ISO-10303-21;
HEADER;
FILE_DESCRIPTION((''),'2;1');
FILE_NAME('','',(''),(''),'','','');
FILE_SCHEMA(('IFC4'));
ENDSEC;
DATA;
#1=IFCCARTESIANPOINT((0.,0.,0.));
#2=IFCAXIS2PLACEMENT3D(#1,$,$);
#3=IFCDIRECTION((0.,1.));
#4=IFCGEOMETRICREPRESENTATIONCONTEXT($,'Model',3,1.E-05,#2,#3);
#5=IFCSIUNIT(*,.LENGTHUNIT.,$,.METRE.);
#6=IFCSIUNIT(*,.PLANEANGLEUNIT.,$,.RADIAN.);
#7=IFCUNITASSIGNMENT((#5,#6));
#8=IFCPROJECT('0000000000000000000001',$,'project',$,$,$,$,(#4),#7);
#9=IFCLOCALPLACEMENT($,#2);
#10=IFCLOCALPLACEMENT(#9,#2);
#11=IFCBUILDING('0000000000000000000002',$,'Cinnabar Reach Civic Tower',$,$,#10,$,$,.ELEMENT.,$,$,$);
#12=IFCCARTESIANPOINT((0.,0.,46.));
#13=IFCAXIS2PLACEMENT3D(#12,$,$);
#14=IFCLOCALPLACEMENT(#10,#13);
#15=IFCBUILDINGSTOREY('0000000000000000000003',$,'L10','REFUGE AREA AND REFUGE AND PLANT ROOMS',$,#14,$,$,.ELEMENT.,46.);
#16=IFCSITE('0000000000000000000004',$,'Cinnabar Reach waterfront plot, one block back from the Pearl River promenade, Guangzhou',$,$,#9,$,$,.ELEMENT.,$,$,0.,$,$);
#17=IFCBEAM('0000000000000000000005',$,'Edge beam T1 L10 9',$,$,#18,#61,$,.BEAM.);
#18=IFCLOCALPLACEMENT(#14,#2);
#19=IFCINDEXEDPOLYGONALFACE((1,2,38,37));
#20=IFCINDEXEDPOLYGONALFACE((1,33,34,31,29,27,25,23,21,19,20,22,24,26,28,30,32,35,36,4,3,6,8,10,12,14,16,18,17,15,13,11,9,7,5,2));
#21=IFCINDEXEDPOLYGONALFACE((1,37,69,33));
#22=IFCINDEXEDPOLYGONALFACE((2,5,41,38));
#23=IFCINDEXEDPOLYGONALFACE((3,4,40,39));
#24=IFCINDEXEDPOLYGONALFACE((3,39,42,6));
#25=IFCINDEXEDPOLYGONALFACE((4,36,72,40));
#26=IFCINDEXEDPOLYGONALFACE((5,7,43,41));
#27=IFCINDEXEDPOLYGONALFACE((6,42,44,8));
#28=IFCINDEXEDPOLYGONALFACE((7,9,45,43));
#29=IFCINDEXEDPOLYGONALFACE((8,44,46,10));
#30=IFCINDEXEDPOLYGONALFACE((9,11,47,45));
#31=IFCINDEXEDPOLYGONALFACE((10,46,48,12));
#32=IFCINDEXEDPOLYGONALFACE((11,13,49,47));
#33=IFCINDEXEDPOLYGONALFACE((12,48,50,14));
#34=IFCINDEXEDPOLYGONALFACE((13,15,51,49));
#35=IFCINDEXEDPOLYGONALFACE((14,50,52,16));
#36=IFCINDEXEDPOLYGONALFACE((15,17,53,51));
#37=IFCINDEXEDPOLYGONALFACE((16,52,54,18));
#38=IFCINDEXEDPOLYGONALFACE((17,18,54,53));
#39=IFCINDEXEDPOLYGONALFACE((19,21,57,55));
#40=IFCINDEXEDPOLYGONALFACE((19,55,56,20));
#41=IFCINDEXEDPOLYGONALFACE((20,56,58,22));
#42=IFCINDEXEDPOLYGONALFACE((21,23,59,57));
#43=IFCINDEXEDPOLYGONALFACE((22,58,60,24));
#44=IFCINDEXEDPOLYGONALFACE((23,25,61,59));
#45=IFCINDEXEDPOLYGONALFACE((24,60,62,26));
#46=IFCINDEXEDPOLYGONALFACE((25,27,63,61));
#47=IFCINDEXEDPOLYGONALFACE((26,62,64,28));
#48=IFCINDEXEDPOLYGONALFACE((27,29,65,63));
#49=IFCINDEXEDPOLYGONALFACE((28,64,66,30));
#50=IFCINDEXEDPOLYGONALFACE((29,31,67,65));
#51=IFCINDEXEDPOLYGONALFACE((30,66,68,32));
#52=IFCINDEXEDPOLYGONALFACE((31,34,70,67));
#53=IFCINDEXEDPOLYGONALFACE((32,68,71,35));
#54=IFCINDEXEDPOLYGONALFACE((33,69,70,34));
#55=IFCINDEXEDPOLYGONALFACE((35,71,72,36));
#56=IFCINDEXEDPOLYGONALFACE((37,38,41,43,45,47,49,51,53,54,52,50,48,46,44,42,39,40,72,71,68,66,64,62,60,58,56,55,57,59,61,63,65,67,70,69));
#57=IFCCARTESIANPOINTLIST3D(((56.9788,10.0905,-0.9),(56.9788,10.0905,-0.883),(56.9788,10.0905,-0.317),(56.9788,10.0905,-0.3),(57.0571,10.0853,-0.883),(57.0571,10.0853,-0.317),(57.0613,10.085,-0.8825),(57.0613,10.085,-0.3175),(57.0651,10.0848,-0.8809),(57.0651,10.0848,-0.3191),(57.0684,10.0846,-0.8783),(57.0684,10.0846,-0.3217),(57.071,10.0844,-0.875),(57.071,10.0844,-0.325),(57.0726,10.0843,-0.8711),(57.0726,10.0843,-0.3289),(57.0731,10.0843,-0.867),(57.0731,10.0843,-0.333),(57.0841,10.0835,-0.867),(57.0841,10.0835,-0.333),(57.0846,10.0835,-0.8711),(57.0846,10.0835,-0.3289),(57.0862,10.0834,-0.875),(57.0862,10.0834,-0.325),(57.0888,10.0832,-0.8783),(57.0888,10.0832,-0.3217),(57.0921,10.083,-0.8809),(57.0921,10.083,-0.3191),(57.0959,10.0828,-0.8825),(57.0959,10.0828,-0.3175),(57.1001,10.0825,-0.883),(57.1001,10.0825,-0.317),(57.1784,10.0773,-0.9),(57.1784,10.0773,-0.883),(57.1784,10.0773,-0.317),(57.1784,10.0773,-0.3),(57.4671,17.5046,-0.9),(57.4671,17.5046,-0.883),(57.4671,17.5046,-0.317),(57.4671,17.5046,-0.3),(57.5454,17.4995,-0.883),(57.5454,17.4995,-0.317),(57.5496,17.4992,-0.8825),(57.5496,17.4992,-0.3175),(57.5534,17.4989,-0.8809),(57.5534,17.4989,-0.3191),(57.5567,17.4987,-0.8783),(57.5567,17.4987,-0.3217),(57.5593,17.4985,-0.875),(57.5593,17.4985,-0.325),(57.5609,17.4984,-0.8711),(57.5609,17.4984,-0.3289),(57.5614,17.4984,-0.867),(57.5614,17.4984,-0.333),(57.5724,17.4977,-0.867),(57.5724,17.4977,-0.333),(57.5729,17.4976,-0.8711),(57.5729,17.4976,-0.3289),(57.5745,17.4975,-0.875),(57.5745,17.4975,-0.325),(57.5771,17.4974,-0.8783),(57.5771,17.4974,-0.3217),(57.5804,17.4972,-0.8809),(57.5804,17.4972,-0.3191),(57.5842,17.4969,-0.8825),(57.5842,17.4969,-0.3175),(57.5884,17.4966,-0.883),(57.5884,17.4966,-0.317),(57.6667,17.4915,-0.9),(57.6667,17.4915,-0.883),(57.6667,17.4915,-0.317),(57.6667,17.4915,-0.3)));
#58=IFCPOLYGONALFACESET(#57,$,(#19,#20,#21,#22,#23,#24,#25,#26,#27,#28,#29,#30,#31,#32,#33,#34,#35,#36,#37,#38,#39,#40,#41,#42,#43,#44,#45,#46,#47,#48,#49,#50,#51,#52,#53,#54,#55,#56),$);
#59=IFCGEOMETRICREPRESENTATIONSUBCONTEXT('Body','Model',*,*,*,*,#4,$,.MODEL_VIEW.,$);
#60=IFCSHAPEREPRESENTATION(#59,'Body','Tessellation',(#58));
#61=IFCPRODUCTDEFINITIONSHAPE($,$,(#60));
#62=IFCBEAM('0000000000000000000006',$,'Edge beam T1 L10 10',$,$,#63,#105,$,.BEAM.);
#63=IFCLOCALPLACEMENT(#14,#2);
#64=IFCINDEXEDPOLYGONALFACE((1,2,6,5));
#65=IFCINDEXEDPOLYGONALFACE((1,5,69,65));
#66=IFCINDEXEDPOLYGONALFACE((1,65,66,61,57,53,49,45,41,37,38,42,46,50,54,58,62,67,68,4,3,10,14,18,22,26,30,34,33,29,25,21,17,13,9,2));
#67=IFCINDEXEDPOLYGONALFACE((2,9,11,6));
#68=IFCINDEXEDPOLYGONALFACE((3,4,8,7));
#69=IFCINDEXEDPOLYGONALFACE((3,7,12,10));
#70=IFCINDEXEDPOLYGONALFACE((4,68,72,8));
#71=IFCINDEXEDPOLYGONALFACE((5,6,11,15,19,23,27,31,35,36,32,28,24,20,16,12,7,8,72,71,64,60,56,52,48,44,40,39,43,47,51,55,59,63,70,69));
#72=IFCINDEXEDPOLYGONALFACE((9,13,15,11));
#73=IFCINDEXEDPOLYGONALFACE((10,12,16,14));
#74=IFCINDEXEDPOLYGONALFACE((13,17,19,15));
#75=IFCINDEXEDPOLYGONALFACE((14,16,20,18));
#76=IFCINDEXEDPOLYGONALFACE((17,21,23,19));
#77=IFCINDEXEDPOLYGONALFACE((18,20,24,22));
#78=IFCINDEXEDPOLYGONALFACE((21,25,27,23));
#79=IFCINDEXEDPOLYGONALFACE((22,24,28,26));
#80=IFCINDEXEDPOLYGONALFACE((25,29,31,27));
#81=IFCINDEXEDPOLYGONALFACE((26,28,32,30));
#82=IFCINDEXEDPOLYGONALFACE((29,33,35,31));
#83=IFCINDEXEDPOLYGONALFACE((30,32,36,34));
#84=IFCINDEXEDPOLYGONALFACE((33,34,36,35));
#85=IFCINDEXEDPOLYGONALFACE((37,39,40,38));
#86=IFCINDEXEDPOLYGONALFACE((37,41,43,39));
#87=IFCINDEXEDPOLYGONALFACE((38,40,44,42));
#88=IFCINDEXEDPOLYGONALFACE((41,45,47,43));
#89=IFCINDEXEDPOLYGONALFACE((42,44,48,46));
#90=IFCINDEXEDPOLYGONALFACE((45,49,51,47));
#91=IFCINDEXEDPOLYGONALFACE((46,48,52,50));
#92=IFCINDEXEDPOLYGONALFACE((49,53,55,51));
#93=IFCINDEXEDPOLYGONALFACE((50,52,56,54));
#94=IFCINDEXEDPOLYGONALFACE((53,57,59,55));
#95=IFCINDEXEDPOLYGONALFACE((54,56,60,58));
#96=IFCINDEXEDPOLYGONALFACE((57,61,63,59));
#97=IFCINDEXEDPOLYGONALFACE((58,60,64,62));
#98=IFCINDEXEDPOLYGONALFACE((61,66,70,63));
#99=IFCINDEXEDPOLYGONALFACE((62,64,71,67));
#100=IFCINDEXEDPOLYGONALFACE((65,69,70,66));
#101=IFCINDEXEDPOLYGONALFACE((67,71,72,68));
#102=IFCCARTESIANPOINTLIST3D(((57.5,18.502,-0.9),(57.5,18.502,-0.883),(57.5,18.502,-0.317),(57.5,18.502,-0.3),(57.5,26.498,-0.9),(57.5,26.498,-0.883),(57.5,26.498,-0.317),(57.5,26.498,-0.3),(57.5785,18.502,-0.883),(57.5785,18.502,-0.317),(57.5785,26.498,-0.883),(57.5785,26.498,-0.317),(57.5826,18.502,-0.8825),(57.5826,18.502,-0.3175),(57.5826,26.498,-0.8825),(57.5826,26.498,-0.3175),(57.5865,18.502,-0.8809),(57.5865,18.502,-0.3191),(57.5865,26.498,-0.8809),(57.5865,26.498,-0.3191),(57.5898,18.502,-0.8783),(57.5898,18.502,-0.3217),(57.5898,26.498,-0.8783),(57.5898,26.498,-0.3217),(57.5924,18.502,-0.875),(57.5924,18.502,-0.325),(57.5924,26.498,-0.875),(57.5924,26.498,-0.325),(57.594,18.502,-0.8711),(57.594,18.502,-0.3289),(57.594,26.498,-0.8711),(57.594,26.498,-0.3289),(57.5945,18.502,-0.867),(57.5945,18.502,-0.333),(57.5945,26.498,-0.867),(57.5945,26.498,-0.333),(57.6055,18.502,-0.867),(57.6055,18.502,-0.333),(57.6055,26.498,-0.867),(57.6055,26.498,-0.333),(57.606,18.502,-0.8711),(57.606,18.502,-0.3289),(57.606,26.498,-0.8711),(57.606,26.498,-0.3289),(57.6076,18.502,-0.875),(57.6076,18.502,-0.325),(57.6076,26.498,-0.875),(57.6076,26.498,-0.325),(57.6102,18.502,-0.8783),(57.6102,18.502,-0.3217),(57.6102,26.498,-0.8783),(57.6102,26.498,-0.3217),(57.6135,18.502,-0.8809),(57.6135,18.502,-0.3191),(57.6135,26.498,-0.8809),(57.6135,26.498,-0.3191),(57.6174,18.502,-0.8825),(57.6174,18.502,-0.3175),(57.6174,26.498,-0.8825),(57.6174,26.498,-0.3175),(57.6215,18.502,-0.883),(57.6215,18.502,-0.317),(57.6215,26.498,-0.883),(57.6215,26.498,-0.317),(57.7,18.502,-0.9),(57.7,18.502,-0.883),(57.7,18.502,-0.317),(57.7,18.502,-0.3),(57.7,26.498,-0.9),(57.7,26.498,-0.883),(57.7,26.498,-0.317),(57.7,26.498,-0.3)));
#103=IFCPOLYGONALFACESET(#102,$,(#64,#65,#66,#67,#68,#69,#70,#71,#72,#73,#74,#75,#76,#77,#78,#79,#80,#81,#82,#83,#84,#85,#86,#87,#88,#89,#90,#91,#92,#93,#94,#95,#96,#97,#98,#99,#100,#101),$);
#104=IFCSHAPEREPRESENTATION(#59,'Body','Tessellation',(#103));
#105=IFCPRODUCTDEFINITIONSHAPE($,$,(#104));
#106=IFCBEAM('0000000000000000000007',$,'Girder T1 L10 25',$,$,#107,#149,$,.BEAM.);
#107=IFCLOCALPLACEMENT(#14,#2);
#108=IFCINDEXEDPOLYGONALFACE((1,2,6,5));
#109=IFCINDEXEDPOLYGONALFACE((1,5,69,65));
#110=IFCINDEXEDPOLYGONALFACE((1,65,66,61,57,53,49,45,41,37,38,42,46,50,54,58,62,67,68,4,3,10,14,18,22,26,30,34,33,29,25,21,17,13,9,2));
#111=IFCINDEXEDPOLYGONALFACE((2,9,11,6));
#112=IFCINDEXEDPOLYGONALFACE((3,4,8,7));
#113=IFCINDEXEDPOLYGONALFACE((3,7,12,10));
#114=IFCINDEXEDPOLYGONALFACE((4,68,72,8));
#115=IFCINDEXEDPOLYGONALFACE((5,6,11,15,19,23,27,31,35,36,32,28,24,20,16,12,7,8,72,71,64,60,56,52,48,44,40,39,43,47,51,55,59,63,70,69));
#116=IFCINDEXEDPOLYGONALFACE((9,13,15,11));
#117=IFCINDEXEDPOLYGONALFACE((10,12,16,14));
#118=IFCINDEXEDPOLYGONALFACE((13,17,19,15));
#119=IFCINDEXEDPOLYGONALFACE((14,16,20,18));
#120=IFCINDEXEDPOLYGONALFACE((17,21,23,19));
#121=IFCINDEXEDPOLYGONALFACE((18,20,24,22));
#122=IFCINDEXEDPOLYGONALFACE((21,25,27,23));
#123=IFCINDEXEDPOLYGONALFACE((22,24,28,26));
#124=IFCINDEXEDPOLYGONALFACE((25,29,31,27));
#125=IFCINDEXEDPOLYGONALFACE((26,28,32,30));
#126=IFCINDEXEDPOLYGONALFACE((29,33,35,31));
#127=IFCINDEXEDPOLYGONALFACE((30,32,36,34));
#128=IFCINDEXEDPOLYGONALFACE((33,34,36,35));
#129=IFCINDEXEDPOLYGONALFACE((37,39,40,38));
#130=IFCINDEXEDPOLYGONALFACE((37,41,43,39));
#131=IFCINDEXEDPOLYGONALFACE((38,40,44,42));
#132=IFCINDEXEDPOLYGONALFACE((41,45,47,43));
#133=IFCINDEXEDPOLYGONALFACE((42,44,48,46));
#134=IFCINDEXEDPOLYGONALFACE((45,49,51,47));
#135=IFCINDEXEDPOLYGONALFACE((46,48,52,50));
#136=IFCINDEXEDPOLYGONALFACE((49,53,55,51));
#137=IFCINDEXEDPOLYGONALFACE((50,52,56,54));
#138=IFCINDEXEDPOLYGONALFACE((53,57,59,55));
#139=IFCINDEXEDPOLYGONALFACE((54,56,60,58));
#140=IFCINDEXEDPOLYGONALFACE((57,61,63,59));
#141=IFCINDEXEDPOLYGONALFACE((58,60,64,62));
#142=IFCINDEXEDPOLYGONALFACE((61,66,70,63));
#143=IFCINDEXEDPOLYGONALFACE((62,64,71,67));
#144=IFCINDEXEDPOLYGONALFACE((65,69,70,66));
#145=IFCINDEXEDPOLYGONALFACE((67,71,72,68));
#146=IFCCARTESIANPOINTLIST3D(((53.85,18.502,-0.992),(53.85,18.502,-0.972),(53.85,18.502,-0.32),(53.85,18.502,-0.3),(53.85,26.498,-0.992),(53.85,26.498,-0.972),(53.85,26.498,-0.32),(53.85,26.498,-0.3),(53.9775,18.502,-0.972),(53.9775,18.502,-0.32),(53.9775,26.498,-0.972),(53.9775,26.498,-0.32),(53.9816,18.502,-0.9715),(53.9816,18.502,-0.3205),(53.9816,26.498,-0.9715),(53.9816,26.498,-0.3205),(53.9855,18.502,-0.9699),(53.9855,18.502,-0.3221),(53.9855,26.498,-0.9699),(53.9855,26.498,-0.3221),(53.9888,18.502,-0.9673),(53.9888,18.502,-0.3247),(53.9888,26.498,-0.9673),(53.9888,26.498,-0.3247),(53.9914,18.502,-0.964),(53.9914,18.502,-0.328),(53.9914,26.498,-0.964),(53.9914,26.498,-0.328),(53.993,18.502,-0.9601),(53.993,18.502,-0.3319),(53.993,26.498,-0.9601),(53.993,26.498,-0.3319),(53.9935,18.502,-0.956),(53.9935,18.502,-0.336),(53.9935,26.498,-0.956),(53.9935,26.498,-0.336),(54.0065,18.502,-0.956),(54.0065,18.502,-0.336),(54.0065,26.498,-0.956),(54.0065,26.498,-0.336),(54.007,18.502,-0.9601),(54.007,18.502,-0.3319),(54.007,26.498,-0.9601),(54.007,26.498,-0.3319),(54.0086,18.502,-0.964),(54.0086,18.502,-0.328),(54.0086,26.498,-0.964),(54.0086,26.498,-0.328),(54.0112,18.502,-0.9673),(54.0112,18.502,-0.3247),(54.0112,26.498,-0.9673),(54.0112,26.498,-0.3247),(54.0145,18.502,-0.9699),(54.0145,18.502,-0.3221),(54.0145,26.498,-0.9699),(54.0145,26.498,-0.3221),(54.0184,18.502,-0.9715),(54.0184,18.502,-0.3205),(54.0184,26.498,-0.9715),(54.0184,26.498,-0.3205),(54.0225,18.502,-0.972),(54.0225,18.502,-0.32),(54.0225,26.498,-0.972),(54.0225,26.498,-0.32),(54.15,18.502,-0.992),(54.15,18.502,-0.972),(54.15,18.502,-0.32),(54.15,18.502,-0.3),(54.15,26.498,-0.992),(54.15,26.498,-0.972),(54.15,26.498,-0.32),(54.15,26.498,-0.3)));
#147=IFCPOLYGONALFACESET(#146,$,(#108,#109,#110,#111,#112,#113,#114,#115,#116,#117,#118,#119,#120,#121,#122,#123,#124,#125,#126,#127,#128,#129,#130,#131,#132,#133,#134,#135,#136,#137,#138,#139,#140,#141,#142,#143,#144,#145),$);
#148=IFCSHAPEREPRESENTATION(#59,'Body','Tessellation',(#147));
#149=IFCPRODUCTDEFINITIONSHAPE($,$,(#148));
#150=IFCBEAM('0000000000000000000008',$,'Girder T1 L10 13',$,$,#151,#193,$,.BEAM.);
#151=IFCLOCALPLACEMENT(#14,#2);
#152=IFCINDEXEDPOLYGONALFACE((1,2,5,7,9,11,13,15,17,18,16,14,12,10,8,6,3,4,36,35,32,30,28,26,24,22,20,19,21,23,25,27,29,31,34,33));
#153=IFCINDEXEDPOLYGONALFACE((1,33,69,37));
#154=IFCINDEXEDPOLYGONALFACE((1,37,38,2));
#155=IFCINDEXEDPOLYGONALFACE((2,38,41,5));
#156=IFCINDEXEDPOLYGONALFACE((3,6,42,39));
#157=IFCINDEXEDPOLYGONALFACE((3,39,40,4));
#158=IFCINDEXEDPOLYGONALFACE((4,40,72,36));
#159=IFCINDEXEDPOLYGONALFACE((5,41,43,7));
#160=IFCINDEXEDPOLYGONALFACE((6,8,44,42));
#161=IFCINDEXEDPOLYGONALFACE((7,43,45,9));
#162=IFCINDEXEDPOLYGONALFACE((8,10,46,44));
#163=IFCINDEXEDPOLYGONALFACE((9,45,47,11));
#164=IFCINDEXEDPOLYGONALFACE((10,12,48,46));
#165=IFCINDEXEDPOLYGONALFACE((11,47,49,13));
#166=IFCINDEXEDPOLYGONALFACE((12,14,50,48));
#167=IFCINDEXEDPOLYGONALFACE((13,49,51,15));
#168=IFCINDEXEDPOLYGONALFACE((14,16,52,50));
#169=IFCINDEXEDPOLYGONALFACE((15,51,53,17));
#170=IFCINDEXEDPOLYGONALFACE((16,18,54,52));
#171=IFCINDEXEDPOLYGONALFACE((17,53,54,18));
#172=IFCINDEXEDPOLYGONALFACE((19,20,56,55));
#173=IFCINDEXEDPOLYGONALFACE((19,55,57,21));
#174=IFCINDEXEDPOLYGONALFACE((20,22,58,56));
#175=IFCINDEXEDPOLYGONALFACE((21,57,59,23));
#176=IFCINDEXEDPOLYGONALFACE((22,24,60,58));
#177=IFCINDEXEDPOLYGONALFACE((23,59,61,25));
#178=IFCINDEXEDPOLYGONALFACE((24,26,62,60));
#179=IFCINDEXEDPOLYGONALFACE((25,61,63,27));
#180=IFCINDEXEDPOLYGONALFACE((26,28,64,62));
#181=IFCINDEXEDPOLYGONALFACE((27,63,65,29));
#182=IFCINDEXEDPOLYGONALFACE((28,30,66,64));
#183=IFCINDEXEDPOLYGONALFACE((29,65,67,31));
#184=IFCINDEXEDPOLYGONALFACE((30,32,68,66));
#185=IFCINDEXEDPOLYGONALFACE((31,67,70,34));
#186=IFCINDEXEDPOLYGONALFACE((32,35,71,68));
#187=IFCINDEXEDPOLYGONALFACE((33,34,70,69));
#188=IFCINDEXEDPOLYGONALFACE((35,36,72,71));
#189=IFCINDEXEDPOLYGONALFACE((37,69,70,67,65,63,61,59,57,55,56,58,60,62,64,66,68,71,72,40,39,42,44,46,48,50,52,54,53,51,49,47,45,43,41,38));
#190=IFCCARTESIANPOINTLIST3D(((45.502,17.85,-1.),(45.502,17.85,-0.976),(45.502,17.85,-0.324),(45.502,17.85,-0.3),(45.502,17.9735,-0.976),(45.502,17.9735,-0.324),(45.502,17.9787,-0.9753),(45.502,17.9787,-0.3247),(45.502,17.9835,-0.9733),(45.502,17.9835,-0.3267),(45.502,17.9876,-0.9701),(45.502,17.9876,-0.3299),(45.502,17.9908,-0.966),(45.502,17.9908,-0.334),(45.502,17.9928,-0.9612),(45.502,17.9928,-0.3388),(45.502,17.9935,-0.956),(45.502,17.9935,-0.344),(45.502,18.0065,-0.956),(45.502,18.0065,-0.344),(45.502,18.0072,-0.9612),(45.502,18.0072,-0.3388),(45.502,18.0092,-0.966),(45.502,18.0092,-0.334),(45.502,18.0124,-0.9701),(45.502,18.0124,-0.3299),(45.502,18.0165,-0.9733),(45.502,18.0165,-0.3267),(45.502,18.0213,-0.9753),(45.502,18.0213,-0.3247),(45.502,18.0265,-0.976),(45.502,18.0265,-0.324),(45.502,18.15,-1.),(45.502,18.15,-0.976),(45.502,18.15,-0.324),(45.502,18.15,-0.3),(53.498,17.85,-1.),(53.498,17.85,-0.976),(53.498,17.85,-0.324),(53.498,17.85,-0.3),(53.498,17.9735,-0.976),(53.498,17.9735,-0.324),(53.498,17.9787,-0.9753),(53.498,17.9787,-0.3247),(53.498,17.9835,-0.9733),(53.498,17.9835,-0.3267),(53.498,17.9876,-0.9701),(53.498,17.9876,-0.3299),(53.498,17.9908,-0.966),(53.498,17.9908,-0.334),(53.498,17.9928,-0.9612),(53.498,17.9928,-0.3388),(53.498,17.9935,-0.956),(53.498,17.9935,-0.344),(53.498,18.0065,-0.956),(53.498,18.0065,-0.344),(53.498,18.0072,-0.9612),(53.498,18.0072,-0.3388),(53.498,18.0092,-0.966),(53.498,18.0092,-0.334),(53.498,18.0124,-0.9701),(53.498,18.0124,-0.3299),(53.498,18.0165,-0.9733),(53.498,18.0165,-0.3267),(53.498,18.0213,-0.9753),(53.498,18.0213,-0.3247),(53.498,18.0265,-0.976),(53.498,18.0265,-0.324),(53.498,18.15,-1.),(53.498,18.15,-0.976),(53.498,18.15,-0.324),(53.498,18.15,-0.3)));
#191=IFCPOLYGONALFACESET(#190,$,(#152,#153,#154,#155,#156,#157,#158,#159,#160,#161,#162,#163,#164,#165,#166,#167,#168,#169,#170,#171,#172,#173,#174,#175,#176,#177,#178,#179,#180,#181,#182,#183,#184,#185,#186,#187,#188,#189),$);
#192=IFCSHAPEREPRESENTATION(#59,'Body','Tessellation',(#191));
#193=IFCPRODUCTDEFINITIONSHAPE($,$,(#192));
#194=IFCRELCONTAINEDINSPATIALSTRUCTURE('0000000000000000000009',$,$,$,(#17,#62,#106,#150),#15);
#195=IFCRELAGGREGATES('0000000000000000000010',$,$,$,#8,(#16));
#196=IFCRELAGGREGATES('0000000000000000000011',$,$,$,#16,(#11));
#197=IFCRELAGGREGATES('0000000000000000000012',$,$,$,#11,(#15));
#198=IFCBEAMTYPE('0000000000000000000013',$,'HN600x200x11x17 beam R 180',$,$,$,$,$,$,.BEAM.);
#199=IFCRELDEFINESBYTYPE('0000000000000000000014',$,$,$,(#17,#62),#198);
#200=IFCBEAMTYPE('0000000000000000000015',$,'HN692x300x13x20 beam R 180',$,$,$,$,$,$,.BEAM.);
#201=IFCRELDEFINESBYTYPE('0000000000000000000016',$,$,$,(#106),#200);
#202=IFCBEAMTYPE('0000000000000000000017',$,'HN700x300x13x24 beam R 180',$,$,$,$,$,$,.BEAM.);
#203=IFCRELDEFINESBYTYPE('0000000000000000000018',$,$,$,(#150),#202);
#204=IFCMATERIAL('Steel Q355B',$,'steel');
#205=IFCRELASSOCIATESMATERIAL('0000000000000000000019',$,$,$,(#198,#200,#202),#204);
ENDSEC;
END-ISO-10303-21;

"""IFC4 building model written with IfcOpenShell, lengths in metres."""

from ifc_helpers import new_model, si_unit, direction, frame, origin, origin_2d, place, context, subcontext, project, spatial, i_section, extrude, material, material_profile, profile_set, type_object, element, save


model = new_model("IFC4")

# Units and contexts
model_context = context("Model", 3, precision=1e-05, world=origin(), true_north=direction((0.0, 1.0)))
body_context = subcontext(model_context, "Body", "Model", "MODEL_VIEW")
ifc_project = project(units=[si_unit("LENGTHUNIT", "METRE"), si_unit("PLANEANGLEUNIT", "RADIAN")], contexts=[model_context])

# Site, building, storey
site_placement = place(None, origin())
site = spatial("IfcSite", under=ifc_project, at=site_placement, Name="Cinnabar Reach waterfront plot, one block back from the Pearl River promenade, Guangzhou", CompositionType="ELEMENT", RefElevation=0.0)
building_placement = place(site_placement, origin())
building = spatial("IfcBuilding", under=site, at=building_placement, Name="Cinnabar Reach Civic Tower", CompositionType="ELEMENT")
storey_placement = place(building_placement, frame((0.0, 0.0, 46.0)))
storey = spatial("IfcBuildingStorey", under=building, at=storey_placement, Name="L10", Description="REFUGE AREA AND REFUGE AND PLANT ROOMS", CompositionType="ELEMENT", Elevation=46.0)

# Shared definitions
ifc_material_1 = material(Name="Steel Q355B", Category="steel")

# Beams
ifc_material_profile_1 = material_profile(ifc_material_1, i_section(OverallWidth=0.2, OverallDepth=0.6, WebThickness=0.011, FlangeThickness=0.017, FilletRadius=0.016, at=origin_2d()), Name="HN600x200x11x17")
ifc_profile_set_1 = profile_set([ifc_material_profile_1], Name="Steel Q355B")
beam_type_1 = type_object("IfcBeamType", Name="HN600x200x11x17 beam R 180", PredefinedType="BEAM", material=ifc_profile_set_1)
beam_1_placement = place(storey_placement, frame((57.0786, 10.0839, -0.6), z_axis=(0.065719, 0.997838, 0.0), x_axis=(-0.997838, 0.065719, 0.0)))
element("IfcBeam", 1, at=beam_1_placement, inside=storey, type_object=beam_type_1, Name="Edge beam T1 L10 9", PredefinedType="BEAM", context=body_context, shape_type="SweptSolid", body=[
    extrude(i_section(OverallWidth=0.2, OverallDepth=0.6, WebThickness=0.011, FlangeThickness=0.017, FilletRadius=0.016, at=origin_2d()), origin(), (0.0, 0.0, 1.0), 7.4302),
])
beam_2_placement = place(storey_placement, frame((57.6, 18.502, -0.6), z_axis=(0.0, 1.0, 0.0), x_axis=(-1.0, 0.0, 0.0)))
element("IfcBeam", 2, at=beam_2_placement, inside=storey, type_object=beam_type_1, Name="Edge beam T1 L10 10", PredefinedType="BEAM", context=body_context, shape_type="SweptSolid", body=[
    extrude(i_section(OverallWidth=0.2, OverallDepth=0.6, WebThickness=0.011, FlangeThickness=0.017, FilletRadius=0.016, at=origin_2d()), origin(), (0.0, 0.0, 1.0), 7.996),
])
ifc_material_profile_2 = material_profile(ifc_material_1, i_section(OverallWidth=0.3, OverallDepth=0.692, WebThickness=0.013, FlangeThickness=0.02, FilletRadius=0.016, at=origin_2d()), Name="HN692x300x13x20")
ifc_profile_set_2 = profile_set([ifc_material_profile_2], Name="Steel Q355B")
beam_type_2 = type_object("IfcBeamType", Name="HN692x300x13x20 beam R 180", PredefinedType="BEAM", material=ifc_profile_set_2)
beam_3_placement = place(storey_placement, frame((54.0, 18.502, -0.646), z_axis=(0.0, 1.0, 0.0), x_axis=(-1.0, 0.0, 0.0)))
element("IfcBeam", 3, at=beam_3_placement, inside=storey, type_object=beam_type_2, Name="Girder T1 L10 25", PredefinedType="BEAM", context=body_context, shape_type="SweptSolid", body=[
    extrude(i_section(OverallWidth=0.3, OverallDepth=0.692, WebThickness=0.013, FlangeThickness=0.02, FilletRadius=0.016, at=origin_2d()), origin(), (0.0, 0.0, 1.0), 7.996),
])
ifc_material_profile_3 = material_profile(ifc_material_1, i_section(OverallWidth=0.3, OverallDepth=0.7, WebThickness=0.013, FlangeThickness=0.024, FilletRadius=0.02, at=origin_2d()), Name="HN700x300x13x24")
ifc_profile_set_3 = profile_set([ifc_material_profile_3], Name="Steel Q355B")
beam_type_3 = type_object("IfcBeamType", Name="HN700x300x13x24 beam R 180", PredefinedType="BEAM", material=ifc_profile_set_3)
for number, where, z_axis, x_axis, name in (
    (4, (45.502, 18.0, -0.65), (1.0, 0.0, 0.0), (0.0, 1.0, 0.0), "Girder T1 L10 13"),
):
    element("IfcBeam", number, at=place(storey_placement, frame(where, z_axis=z_axis, x_axis=x_axis)), inside=storey, type_object=beam_type_3, Name=name, PredefinedType="BEAM", context=body_context, shape_type="SweptSolid", body=[
        extrude(i_section(OverallWidth=0.3, OverallDepth=0.7, WebThickness=0.013, FlangeThickness=0.024, FilletRadius=0.02, at=origin_2d()), origin(), (0.0, 0.0, 1.0), 7.996),
    ])

save(model, "model.ifc")
